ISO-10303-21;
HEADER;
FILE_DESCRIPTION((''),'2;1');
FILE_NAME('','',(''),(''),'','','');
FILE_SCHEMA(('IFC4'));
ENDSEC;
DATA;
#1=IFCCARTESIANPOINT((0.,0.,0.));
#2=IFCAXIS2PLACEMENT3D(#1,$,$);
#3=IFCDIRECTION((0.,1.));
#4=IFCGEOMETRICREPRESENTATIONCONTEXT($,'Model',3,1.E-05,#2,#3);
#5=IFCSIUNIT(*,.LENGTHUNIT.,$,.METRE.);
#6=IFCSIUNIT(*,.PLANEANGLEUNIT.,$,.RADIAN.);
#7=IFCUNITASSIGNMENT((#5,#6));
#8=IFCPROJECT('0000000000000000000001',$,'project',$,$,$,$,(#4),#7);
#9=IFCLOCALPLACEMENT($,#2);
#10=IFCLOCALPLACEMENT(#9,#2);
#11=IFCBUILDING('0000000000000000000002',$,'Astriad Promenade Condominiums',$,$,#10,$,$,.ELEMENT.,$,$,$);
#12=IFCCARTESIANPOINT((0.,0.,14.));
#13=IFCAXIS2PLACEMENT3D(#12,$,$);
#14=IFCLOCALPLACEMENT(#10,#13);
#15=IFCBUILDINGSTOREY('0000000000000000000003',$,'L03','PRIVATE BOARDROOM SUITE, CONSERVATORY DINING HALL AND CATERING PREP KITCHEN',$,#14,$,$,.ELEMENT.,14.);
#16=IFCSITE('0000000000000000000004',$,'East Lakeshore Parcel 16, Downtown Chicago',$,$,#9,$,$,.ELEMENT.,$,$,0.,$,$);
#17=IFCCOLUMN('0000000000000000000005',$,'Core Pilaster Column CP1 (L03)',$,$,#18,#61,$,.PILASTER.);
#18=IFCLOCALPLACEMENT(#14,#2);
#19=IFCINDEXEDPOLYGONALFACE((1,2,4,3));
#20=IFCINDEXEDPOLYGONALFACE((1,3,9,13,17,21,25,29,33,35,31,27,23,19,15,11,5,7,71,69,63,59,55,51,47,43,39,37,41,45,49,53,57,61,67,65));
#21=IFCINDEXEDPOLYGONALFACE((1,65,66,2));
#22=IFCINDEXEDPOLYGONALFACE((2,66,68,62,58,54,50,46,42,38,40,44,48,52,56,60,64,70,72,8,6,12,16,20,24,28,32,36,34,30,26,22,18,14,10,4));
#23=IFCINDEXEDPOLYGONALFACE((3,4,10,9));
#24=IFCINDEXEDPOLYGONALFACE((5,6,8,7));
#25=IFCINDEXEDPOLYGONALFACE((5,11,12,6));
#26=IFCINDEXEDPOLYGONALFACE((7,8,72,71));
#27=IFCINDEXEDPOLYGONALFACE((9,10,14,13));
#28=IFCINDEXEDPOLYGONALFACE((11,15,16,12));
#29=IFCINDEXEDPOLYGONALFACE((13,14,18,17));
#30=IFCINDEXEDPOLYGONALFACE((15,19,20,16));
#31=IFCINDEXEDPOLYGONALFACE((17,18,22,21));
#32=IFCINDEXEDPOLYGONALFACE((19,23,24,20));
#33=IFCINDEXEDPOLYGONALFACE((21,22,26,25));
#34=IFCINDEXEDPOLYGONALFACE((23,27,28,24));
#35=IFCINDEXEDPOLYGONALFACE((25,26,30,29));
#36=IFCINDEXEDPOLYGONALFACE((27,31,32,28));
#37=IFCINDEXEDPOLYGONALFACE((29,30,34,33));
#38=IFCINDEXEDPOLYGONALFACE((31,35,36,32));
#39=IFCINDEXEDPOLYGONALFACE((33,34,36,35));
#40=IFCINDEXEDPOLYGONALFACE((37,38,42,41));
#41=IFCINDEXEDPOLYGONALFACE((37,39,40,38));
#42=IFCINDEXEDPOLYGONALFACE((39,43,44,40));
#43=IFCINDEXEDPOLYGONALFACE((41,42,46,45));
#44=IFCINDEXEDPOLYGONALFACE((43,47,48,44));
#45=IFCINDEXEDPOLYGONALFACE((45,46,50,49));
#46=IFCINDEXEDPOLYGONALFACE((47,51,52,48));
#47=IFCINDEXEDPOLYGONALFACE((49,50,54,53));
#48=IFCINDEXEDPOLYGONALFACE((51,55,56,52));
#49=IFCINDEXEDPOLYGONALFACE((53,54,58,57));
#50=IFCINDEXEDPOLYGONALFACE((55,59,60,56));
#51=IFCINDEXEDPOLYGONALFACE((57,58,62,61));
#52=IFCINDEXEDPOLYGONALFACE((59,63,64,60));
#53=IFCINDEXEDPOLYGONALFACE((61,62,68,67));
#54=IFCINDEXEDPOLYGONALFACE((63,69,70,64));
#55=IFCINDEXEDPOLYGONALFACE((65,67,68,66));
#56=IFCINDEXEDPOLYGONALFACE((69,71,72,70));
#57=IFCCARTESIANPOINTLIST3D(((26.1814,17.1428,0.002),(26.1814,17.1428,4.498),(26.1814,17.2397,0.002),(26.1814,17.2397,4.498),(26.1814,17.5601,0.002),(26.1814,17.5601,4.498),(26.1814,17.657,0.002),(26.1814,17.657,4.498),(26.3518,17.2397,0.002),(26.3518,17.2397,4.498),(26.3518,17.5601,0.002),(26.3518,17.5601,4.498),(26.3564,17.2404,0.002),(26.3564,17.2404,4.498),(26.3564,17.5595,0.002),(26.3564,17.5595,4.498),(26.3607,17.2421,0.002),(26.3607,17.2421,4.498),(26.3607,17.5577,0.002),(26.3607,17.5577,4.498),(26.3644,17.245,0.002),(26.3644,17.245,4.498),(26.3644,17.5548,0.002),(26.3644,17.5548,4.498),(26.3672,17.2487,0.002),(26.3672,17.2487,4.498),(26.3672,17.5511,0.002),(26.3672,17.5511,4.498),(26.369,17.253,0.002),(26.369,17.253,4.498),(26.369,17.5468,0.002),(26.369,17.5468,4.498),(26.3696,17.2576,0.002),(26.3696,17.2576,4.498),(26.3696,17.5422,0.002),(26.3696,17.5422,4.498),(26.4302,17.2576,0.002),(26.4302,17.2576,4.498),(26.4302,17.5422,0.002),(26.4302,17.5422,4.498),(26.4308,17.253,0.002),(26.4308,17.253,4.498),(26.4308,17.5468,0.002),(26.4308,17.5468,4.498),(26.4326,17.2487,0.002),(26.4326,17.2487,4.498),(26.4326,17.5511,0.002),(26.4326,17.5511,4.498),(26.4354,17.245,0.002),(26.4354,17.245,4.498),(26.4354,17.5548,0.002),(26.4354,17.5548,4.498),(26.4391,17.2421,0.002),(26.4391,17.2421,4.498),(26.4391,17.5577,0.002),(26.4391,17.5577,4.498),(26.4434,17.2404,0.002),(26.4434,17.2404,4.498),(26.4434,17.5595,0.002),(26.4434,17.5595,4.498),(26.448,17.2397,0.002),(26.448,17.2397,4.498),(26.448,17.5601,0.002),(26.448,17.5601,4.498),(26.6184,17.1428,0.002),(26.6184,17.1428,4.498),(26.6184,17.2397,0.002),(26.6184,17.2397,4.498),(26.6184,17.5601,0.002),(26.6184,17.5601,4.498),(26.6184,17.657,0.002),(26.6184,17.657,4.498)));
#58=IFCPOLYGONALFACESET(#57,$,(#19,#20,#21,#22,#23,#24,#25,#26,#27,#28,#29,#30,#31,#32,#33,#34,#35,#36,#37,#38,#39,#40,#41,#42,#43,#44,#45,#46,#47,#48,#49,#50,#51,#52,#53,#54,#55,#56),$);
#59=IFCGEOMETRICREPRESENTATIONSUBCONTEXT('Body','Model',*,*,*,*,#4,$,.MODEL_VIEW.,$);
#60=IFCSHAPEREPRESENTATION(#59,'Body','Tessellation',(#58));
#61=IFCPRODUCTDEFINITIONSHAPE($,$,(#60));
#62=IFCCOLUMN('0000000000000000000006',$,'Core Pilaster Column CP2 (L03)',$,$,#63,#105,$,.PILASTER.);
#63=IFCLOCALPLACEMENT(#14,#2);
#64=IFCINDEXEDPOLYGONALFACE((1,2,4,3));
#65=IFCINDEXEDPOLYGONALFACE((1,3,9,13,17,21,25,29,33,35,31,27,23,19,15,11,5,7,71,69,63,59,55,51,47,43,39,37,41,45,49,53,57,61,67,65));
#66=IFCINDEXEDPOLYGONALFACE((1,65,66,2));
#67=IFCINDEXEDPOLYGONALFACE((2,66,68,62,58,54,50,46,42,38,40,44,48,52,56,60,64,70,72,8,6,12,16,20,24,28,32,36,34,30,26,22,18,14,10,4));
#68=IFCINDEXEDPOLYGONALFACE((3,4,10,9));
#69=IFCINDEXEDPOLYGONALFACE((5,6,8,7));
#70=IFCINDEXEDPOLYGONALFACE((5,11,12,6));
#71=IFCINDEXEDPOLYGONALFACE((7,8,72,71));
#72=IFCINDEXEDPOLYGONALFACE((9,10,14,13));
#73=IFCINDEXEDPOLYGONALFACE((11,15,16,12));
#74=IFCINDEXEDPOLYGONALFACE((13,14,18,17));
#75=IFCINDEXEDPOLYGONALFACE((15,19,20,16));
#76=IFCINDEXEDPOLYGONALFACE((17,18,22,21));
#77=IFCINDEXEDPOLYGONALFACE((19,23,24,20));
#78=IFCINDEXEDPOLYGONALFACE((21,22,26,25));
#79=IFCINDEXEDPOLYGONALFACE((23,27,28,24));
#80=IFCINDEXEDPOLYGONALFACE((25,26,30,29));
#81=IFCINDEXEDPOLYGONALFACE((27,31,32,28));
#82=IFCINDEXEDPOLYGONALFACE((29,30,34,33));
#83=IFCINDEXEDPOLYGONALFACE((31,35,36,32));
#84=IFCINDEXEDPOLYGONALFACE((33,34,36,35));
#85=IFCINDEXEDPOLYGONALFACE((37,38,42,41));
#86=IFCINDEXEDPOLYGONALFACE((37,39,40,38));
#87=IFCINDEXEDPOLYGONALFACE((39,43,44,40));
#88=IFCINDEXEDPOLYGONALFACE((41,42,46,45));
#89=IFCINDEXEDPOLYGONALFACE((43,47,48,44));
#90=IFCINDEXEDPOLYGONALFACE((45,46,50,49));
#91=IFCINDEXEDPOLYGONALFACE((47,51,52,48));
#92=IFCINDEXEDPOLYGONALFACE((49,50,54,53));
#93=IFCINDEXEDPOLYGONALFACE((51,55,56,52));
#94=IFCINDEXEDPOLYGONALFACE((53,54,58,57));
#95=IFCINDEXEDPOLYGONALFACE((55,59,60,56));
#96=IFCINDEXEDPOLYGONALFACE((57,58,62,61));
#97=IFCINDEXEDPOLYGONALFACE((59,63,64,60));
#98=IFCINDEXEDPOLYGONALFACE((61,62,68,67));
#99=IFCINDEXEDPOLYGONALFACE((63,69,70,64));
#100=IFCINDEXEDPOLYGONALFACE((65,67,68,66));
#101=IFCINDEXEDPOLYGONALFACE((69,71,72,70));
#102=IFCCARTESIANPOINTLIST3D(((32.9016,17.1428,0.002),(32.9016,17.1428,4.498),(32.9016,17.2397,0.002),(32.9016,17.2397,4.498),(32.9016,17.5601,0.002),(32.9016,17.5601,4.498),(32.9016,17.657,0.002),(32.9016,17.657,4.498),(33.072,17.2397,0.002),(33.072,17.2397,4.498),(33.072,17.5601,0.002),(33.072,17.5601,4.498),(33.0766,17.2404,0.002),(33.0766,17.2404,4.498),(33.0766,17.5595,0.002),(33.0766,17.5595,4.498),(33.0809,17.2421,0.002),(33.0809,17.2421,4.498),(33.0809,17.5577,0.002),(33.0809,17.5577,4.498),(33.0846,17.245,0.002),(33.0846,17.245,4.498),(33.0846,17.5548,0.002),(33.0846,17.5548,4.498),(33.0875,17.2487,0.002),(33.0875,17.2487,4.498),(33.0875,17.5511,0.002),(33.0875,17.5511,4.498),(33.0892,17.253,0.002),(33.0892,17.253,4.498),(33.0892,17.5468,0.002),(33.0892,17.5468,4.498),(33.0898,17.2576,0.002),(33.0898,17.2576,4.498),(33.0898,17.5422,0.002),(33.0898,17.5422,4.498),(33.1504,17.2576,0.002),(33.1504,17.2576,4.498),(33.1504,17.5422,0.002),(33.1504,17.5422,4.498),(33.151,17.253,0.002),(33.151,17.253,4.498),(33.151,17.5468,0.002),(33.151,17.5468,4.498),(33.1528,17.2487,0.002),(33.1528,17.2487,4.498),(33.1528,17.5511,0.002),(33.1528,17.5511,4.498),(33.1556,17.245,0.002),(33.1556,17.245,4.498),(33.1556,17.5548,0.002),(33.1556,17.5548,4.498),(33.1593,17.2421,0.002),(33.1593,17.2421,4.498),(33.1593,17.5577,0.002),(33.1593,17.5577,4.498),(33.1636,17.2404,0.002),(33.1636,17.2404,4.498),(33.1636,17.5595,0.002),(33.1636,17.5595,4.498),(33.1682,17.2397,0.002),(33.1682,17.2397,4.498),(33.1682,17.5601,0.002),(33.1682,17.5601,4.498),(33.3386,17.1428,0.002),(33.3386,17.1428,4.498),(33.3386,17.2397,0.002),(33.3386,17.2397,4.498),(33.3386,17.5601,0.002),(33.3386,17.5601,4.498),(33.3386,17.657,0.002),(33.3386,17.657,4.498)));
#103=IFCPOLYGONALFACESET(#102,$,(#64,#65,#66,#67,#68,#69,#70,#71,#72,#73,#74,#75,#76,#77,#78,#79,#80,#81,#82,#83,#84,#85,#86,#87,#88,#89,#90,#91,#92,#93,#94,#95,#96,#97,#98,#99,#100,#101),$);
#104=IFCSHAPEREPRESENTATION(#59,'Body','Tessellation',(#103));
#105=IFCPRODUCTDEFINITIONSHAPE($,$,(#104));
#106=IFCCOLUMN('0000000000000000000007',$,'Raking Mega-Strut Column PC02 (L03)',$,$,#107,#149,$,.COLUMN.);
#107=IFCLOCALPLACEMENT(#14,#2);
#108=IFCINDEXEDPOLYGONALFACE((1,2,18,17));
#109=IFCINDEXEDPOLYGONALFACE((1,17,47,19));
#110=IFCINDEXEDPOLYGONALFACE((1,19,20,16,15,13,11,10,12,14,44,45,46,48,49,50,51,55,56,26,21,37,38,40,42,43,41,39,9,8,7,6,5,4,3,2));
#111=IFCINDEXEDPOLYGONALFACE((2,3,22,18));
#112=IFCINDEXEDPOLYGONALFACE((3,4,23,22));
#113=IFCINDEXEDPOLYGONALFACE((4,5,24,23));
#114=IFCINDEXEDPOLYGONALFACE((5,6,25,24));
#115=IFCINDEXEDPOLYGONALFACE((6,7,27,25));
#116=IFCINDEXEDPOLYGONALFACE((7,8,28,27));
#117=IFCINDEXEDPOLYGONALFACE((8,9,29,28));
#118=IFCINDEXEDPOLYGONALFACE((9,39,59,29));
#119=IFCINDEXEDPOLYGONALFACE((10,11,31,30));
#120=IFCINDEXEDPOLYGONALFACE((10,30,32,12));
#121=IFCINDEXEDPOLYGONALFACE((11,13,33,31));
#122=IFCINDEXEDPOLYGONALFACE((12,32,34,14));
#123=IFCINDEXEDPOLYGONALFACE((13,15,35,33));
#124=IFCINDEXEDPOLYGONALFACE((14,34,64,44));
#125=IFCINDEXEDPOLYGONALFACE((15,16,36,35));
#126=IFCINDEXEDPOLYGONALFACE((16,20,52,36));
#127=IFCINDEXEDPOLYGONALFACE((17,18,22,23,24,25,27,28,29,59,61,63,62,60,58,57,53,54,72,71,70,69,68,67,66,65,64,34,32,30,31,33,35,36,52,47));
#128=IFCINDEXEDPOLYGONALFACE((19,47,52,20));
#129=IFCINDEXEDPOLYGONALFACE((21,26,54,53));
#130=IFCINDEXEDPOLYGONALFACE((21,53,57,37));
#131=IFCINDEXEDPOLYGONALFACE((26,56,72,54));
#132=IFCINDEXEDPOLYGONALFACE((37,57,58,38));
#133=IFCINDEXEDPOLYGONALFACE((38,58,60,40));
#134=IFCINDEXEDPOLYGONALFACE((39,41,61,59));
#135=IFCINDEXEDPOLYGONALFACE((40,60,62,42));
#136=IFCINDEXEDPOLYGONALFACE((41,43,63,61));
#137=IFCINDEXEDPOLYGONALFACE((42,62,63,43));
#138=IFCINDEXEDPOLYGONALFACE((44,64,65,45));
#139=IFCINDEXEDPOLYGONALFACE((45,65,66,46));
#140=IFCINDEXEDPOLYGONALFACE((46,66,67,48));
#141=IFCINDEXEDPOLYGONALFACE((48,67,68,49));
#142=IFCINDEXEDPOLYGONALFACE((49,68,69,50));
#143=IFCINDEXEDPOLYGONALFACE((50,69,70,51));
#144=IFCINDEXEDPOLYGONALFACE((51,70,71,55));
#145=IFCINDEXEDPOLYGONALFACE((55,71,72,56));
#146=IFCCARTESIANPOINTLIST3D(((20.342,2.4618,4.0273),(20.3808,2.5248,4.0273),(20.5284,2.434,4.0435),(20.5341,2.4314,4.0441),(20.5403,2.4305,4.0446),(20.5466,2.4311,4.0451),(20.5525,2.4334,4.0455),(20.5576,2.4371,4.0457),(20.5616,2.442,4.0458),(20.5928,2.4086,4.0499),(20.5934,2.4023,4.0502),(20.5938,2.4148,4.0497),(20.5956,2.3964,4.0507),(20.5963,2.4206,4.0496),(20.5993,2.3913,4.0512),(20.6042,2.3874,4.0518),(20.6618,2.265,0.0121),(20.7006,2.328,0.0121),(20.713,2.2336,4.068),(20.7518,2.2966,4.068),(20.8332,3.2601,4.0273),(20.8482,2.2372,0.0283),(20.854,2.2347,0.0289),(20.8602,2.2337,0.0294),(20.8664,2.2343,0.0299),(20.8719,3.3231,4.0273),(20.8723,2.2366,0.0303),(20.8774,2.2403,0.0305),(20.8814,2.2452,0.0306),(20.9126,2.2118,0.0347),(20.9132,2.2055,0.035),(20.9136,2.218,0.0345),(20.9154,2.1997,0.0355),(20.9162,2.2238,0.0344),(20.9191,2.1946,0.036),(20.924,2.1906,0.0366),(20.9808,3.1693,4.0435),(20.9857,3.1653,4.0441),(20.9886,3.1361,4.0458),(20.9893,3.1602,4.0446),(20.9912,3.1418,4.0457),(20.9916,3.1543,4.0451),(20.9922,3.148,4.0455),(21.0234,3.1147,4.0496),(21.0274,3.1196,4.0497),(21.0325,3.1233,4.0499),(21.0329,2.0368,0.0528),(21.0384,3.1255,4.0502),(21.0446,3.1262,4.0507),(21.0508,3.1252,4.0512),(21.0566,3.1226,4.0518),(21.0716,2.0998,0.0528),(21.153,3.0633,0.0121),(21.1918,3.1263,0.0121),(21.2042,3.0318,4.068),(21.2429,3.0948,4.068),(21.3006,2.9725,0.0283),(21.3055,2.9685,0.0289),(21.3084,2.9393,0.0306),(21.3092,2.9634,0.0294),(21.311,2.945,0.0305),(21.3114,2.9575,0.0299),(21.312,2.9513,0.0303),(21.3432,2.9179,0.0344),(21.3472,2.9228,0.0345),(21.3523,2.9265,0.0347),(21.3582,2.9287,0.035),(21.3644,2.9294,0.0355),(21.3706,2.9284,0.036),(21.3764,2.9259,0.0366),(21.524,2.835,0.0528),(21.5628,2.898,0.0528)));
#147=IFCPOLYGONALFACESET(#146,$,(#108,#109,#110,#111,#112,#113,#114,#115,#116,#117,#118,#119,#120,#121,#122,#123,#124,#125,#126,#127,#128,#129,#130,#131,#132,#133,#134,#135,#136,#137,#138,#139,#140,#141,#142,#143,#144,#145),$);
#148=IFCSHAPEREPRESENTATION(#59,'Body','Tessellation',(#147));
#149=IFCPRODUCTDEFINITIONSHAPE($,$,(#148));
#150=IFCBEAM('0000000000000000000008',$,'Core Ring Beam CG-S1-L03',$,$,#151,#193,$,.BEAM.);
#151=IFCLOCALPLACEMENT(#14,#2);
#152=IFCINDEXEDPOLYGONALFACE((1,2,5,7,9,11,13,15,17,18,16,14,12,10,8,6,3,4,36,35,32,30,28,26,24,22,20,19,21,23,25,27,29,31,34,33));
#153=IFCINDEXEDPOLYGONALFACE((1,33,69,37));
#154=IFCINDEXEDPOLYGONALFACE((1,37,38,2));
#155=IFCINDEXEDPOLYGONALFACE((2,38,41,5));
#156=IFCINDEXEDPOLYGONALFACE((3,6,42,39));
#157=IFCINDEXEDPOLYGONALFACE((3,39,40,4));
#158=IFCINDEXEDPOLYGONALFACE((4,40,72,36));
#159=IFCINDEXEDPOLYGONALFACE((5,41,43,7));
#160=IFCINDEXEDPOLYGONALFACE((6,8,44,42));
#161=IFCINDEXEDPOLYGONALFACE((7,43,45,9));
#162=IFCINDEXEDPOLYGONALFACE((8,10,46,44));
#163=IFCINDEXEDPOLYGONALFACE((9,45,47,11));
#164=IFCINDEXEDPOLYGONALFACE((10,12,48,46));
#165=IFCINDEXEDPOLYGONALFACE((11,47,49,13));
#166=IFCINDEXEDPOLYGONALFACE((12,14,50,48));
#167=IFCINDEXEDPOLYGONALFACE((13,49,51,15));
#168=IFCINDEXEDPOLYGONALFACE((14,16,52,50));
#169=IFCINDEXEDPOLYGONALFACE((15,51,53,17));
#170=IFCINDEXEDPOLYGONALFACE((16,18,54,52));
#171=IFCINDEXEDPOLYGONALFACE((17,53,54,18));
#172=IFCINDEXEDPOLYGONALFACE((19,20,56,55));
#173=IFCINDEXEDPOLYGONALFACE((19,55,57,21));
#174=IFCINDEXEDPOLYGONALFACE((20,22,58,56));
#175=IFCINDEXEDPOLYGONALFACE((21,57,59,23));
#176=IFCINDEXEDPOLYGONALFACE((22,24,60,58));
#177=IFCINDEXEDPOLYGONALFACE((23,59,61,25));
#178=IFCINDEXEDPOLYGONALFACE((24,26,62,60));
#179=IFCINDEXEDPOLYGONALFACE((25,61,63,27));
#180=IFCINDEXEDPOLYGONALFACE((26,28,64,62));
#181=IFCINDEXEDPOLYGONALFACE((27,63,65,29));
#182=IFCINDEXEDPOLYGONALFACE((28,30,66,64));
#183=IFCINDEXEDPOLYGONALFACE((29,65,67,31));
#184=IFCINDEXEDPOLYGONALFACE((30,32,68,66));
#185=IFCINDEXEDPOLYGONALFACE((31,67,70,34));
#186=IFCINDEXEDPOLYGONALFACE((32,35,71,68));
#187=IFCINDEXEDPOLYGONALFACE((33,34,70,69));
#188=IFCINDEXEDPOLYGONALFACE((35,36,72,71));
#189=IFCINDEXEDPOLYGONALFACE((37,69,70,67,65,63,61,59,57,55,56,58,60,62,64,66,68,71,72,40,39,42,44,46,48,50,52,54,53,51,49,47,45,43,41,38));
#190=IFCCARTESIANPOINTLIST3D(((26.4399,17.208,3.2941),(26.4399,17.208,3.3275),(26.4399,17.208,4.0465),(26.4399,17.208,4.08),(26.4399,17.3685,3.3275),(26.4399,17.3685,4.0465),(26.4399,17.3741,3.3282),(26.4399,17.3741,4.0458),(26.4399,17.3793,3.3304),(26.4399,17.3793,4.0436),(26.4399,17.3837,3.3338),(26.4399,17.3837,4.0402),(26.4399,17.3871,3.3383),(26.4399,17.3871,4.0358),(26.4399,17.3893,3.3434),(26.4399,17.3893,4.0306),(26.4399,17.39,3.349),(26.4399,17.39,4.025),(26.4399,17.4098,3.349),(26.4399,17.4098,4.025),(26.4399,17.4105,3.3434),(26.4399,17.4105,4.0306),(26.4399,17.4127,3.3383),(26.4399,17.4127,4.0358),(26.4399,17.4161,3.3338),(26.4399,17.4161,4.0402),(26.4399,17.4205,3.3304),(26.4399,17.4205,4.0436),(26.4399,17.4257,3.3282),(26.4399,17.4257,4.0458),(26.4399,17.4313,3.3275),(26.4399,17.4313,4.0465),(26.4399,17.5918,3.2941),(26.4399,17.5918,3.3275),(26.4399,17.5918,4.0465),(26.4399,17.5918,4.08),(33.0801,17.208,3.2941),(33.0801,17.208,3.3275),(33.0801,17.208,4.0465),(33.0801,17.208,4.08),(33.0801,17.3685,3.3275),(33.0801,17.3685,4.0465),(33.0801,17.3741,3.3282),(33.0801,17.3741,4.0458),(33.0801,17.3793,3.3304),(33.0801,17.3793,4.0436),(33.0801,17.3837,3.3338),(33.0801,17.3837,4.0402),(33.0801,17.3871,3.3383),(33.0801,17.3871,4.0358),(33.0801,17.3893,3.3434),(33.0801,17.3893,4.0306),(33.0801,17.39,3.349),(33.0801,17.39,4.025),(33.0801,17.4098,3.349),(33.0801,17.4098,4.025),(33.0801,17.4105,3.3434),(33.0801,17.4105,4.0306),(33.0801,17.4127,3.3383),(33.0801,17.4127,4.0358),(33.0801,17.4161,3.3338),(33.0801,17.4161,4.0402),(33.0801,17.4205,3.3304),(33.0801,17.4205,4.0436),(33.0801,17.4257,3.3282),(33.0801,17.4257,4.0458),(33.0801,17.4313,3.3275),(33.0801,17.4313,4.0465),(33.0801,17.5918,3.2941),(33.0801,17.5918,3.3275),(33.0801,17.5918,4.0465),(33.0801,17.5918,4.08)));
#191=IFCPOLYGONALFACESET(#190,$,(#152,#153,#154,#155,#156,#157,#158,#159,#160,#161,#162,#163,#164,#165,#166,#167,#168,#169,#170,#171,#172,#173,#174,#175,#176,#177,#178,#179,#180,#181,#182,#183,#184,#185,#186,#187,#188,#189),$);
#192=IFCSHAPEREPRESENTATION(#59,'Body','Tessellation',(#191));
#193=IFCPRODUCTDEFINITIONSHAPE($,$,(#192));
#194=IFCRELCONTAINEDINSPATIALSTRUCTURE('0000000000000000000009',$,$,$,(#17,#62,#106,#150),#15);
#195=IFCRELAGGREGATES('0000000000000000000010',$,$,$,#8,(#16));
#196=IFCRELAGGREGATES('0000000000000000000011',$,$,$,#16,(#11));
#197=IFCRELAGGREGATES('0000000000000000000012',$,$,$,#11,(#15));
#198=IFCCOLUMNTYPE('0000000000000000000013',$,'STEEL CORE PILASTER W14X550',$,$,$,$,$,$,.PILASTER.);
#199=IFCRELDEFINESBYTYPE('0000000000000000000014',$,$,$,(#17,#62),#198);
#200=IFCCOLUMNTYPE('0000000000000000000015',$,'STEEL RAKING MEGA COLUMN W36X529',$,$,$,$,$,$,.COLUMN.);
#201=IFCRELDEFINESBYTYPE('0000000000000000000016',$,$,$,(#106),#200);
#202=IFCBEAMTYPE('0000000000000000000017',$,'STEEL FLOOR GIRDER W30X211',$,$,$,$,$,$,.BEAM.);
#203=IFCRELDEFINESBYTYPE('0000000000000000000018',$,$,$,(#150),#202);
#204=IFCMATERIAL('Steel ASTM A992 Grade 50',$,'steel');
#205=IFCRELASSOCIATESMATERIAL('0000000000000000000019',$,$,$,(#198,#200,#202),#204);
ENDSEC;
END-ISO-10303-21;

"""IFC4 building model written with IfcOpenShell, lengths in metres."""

from ifc_helpers import new_model, si_unit, direction, frame, origin, origin_2d, place, context, subcontext, project, spatial, i_section, extrude, source, transform, mapped, material, material_profile, profile_set, type_object, type_shapes, element, save


model = new_model("IFC4")

# Units and contexts
model_context = context("Model", 3, precision=1e-05, world=origin(), true_north=direction((0.0, 1.0)))
body_context = subcontext(model_context, "Body", "Model", "MODEL_VIEW")
ifc_project = project(units=[si_unit("LENGTHUNIT", "METRE"), si_unit("PLANEANGLEUNIT", "RADIAN")], contexts=[model_context])

# Site, building, storey
site_placement = place(None, origin())
site = spatial("IfcSite", under=ifc_project, at=site_placement, Name="East Lakeshore Parcel 16, Downtown Chicago", CompositionType="ELEMENT", RefElevation=0.0)
building_placement = place(site_placement, origin())
building = spatial("IfcBuilding", under=site, at=building_placement, Name="Astriad Promenade Condominiums", CompositionType="ELEMENT")
storey_placement = place(building_placement, frame((0.0, 0.0, 14.0)))
storey = spatial("IfcBuildingStorey", under=building, at=storey_placement, Name="L03", Description="PRIVATE BOARDROOM SUITE, CONSERVATORY DINING HALL AND CATERING PREP KITCHEN", CompositionType="ELEMENT", Elevation=14.0)

# Columns
ifc_material_1 = material(Name="Steel ASTM A992 Grade 50", Category="steel")
ifc_material_profile_1 = material_profile(ifc_material_1, i_section(OverallWidth=0.437, OverallDepth=0.5142, WebThickness=0.0605, FlangeThickness=0.0969, FilletRadius=0.0178, at=origin_2d()), Name="W14X550")
ifc_profile_set_1 = profile_set([ifc_material_profile_1], Name="Steel ASTM A992 Grade 50")
column_type_1 = type_object("IfcColumnType", Name="STEEL CORE PILASTER W14X550", PredefinedType="PILASTER", material=ifc_profile_set_1)
shared_shape_1 = source(origin(), body_context, "Body", "SweptSolid", [
    extrude(i_section(OverallWidth=0.437, OverallDepth=0.5142, WebThickness=0.0605, FlangeThickness=0.0969, FilletRadius=0.0178, at=origin_2d()), origin(), (0.0, 0.0, 1.0), 4.4961),
])
type_shapes(column_type_1, [shared_shape_1])
for number, where, z_axis, x_axis, name in (
    (1, (26.3999, 17.3999, 0.002), (0.0, 0.0, 1.0), (1.0, 0.0, 0.0), "Core Pilaster Column CP1 (L03)"),
    (2, (33.1201, 17.3999, 0.002), (0.0, 0.0, 1.0), (1.0, 0.0, 0.0), "Core Pilaster Column CP2 (L03)"),
):
    element("IfcColumn", number, at=place(storey_placement, frame(where, z_axis=z_axis, x_axis=x_axis)), inside=storey, type_object=column_type_1, Name=name, PredefinedType="PILASTER", context=body_context, shape_type="MappedRepresentation", body=[
        mapped(shared_shape_1, transform((0.0, 0.0, 0.0), scale=1.0)),
    ])
ifc_material_profile_2 = material_profile(ifc_material_1, i_section(OverallWidth=0.4375, OverallDepth=1.0112, WebThickness=0.041, FlangeThickness=0.074, FilletRadius=0.0242, at=origin_2d()), Name="W36X529")
ifc_profile_set_2 = profile_set([ifc_material_profile_2], Name="Steel ASTM A992 Grade 50")
column_type_2 = type_object("IfcColumnType", Name="STEEL RAKING MEGA COLUMN W36X529", PredefinedType="COLUMN", material=ifc_profile_set_2)
shared_shape_2 = source(origin(), body_context, "Body", "SweptSolid", [
    extrude(i_section(OverallWidth=0.4375, OverallDepth=1.0112, WebThickness=0.041, FlangeThickness=0.074, FilletRadius=0.0242, at=origin_2d()), origin(), (0.0, 0.0, 1.0), 4.0327),
])
type_shapes(column_type_2, [shared_shape_2])
column_placement = place(storey_placement, frame((21.1123, 2.5815, 0.0325), z_axis=(-0.079309, 0.048796, 0.995655), x_axis=(0.848002, -0.521748, 0.093118)))
element("IfcColumn", 3, at=column_placement, inside=storey, type_object=column_type_2, Name="Raking Mega-Strut Column PC02 (L03)", PredefinedType="COLUMN", context=body_context, shape_type="MappedRepresentation", body=[
    mapped(shared_shape_2, transform((0.0, 0.0, 0.0), scale=1.0)),
])

# Beam
ifc_material_profile_3 = material_profile(ifc_material_1, i_section(OverallWidth=0.3838, OverallDepth=0.7859, WebThickness=0.0198, FlangeThickness=0.0334, FilletRadius=0.0215, at=origin_2d()), Name="W30X211")
ifc_profile_set_3 = profile_set([ifc_material_profile_3], Name="Steel ASTM A992 Grade 50")
beam_type_1 = type_object("IfcBeamType", Name="STEEL FLOOR GIRDER W30X211", PredefinedType="BEAM", material=ifc_profile_set_3)
shared_shape_3 = source(origin(), body_context, "Body", "SweptSolid", [
    extrude(i_section(OverallWidth=0.3838, OverallDepth=0.7859, WebThickness=0.0198, FlangeThickness=0.0334, FilletRadius=0.0215, at=origin_2d()), origin(), (0.0, 0.0, 1.0), 6.6401),
])
type_shapes(beam_type_1, [shared_shape_3])
beam_1_placement = place(storey_placement, frame((26.4399, 17.3999, 3.687), z_axis=(1.0, 0.0, 0.0), x_axis=(0.0, 1.0, 0.0)))
element("IfcBeam", 4, at=beam_1_placement, inside=storey, type_object=beam_type_1, Name="Core Ring Beam CG-S1-L03", PredefinedType="BEAM", context=body_context, shape_type="MappedRepresentation", body=[
    mapped(shared_shape_3, transform((0.0, 0.0, 0.0), scale=1.0)),
])

save(model, "model.ifc")
